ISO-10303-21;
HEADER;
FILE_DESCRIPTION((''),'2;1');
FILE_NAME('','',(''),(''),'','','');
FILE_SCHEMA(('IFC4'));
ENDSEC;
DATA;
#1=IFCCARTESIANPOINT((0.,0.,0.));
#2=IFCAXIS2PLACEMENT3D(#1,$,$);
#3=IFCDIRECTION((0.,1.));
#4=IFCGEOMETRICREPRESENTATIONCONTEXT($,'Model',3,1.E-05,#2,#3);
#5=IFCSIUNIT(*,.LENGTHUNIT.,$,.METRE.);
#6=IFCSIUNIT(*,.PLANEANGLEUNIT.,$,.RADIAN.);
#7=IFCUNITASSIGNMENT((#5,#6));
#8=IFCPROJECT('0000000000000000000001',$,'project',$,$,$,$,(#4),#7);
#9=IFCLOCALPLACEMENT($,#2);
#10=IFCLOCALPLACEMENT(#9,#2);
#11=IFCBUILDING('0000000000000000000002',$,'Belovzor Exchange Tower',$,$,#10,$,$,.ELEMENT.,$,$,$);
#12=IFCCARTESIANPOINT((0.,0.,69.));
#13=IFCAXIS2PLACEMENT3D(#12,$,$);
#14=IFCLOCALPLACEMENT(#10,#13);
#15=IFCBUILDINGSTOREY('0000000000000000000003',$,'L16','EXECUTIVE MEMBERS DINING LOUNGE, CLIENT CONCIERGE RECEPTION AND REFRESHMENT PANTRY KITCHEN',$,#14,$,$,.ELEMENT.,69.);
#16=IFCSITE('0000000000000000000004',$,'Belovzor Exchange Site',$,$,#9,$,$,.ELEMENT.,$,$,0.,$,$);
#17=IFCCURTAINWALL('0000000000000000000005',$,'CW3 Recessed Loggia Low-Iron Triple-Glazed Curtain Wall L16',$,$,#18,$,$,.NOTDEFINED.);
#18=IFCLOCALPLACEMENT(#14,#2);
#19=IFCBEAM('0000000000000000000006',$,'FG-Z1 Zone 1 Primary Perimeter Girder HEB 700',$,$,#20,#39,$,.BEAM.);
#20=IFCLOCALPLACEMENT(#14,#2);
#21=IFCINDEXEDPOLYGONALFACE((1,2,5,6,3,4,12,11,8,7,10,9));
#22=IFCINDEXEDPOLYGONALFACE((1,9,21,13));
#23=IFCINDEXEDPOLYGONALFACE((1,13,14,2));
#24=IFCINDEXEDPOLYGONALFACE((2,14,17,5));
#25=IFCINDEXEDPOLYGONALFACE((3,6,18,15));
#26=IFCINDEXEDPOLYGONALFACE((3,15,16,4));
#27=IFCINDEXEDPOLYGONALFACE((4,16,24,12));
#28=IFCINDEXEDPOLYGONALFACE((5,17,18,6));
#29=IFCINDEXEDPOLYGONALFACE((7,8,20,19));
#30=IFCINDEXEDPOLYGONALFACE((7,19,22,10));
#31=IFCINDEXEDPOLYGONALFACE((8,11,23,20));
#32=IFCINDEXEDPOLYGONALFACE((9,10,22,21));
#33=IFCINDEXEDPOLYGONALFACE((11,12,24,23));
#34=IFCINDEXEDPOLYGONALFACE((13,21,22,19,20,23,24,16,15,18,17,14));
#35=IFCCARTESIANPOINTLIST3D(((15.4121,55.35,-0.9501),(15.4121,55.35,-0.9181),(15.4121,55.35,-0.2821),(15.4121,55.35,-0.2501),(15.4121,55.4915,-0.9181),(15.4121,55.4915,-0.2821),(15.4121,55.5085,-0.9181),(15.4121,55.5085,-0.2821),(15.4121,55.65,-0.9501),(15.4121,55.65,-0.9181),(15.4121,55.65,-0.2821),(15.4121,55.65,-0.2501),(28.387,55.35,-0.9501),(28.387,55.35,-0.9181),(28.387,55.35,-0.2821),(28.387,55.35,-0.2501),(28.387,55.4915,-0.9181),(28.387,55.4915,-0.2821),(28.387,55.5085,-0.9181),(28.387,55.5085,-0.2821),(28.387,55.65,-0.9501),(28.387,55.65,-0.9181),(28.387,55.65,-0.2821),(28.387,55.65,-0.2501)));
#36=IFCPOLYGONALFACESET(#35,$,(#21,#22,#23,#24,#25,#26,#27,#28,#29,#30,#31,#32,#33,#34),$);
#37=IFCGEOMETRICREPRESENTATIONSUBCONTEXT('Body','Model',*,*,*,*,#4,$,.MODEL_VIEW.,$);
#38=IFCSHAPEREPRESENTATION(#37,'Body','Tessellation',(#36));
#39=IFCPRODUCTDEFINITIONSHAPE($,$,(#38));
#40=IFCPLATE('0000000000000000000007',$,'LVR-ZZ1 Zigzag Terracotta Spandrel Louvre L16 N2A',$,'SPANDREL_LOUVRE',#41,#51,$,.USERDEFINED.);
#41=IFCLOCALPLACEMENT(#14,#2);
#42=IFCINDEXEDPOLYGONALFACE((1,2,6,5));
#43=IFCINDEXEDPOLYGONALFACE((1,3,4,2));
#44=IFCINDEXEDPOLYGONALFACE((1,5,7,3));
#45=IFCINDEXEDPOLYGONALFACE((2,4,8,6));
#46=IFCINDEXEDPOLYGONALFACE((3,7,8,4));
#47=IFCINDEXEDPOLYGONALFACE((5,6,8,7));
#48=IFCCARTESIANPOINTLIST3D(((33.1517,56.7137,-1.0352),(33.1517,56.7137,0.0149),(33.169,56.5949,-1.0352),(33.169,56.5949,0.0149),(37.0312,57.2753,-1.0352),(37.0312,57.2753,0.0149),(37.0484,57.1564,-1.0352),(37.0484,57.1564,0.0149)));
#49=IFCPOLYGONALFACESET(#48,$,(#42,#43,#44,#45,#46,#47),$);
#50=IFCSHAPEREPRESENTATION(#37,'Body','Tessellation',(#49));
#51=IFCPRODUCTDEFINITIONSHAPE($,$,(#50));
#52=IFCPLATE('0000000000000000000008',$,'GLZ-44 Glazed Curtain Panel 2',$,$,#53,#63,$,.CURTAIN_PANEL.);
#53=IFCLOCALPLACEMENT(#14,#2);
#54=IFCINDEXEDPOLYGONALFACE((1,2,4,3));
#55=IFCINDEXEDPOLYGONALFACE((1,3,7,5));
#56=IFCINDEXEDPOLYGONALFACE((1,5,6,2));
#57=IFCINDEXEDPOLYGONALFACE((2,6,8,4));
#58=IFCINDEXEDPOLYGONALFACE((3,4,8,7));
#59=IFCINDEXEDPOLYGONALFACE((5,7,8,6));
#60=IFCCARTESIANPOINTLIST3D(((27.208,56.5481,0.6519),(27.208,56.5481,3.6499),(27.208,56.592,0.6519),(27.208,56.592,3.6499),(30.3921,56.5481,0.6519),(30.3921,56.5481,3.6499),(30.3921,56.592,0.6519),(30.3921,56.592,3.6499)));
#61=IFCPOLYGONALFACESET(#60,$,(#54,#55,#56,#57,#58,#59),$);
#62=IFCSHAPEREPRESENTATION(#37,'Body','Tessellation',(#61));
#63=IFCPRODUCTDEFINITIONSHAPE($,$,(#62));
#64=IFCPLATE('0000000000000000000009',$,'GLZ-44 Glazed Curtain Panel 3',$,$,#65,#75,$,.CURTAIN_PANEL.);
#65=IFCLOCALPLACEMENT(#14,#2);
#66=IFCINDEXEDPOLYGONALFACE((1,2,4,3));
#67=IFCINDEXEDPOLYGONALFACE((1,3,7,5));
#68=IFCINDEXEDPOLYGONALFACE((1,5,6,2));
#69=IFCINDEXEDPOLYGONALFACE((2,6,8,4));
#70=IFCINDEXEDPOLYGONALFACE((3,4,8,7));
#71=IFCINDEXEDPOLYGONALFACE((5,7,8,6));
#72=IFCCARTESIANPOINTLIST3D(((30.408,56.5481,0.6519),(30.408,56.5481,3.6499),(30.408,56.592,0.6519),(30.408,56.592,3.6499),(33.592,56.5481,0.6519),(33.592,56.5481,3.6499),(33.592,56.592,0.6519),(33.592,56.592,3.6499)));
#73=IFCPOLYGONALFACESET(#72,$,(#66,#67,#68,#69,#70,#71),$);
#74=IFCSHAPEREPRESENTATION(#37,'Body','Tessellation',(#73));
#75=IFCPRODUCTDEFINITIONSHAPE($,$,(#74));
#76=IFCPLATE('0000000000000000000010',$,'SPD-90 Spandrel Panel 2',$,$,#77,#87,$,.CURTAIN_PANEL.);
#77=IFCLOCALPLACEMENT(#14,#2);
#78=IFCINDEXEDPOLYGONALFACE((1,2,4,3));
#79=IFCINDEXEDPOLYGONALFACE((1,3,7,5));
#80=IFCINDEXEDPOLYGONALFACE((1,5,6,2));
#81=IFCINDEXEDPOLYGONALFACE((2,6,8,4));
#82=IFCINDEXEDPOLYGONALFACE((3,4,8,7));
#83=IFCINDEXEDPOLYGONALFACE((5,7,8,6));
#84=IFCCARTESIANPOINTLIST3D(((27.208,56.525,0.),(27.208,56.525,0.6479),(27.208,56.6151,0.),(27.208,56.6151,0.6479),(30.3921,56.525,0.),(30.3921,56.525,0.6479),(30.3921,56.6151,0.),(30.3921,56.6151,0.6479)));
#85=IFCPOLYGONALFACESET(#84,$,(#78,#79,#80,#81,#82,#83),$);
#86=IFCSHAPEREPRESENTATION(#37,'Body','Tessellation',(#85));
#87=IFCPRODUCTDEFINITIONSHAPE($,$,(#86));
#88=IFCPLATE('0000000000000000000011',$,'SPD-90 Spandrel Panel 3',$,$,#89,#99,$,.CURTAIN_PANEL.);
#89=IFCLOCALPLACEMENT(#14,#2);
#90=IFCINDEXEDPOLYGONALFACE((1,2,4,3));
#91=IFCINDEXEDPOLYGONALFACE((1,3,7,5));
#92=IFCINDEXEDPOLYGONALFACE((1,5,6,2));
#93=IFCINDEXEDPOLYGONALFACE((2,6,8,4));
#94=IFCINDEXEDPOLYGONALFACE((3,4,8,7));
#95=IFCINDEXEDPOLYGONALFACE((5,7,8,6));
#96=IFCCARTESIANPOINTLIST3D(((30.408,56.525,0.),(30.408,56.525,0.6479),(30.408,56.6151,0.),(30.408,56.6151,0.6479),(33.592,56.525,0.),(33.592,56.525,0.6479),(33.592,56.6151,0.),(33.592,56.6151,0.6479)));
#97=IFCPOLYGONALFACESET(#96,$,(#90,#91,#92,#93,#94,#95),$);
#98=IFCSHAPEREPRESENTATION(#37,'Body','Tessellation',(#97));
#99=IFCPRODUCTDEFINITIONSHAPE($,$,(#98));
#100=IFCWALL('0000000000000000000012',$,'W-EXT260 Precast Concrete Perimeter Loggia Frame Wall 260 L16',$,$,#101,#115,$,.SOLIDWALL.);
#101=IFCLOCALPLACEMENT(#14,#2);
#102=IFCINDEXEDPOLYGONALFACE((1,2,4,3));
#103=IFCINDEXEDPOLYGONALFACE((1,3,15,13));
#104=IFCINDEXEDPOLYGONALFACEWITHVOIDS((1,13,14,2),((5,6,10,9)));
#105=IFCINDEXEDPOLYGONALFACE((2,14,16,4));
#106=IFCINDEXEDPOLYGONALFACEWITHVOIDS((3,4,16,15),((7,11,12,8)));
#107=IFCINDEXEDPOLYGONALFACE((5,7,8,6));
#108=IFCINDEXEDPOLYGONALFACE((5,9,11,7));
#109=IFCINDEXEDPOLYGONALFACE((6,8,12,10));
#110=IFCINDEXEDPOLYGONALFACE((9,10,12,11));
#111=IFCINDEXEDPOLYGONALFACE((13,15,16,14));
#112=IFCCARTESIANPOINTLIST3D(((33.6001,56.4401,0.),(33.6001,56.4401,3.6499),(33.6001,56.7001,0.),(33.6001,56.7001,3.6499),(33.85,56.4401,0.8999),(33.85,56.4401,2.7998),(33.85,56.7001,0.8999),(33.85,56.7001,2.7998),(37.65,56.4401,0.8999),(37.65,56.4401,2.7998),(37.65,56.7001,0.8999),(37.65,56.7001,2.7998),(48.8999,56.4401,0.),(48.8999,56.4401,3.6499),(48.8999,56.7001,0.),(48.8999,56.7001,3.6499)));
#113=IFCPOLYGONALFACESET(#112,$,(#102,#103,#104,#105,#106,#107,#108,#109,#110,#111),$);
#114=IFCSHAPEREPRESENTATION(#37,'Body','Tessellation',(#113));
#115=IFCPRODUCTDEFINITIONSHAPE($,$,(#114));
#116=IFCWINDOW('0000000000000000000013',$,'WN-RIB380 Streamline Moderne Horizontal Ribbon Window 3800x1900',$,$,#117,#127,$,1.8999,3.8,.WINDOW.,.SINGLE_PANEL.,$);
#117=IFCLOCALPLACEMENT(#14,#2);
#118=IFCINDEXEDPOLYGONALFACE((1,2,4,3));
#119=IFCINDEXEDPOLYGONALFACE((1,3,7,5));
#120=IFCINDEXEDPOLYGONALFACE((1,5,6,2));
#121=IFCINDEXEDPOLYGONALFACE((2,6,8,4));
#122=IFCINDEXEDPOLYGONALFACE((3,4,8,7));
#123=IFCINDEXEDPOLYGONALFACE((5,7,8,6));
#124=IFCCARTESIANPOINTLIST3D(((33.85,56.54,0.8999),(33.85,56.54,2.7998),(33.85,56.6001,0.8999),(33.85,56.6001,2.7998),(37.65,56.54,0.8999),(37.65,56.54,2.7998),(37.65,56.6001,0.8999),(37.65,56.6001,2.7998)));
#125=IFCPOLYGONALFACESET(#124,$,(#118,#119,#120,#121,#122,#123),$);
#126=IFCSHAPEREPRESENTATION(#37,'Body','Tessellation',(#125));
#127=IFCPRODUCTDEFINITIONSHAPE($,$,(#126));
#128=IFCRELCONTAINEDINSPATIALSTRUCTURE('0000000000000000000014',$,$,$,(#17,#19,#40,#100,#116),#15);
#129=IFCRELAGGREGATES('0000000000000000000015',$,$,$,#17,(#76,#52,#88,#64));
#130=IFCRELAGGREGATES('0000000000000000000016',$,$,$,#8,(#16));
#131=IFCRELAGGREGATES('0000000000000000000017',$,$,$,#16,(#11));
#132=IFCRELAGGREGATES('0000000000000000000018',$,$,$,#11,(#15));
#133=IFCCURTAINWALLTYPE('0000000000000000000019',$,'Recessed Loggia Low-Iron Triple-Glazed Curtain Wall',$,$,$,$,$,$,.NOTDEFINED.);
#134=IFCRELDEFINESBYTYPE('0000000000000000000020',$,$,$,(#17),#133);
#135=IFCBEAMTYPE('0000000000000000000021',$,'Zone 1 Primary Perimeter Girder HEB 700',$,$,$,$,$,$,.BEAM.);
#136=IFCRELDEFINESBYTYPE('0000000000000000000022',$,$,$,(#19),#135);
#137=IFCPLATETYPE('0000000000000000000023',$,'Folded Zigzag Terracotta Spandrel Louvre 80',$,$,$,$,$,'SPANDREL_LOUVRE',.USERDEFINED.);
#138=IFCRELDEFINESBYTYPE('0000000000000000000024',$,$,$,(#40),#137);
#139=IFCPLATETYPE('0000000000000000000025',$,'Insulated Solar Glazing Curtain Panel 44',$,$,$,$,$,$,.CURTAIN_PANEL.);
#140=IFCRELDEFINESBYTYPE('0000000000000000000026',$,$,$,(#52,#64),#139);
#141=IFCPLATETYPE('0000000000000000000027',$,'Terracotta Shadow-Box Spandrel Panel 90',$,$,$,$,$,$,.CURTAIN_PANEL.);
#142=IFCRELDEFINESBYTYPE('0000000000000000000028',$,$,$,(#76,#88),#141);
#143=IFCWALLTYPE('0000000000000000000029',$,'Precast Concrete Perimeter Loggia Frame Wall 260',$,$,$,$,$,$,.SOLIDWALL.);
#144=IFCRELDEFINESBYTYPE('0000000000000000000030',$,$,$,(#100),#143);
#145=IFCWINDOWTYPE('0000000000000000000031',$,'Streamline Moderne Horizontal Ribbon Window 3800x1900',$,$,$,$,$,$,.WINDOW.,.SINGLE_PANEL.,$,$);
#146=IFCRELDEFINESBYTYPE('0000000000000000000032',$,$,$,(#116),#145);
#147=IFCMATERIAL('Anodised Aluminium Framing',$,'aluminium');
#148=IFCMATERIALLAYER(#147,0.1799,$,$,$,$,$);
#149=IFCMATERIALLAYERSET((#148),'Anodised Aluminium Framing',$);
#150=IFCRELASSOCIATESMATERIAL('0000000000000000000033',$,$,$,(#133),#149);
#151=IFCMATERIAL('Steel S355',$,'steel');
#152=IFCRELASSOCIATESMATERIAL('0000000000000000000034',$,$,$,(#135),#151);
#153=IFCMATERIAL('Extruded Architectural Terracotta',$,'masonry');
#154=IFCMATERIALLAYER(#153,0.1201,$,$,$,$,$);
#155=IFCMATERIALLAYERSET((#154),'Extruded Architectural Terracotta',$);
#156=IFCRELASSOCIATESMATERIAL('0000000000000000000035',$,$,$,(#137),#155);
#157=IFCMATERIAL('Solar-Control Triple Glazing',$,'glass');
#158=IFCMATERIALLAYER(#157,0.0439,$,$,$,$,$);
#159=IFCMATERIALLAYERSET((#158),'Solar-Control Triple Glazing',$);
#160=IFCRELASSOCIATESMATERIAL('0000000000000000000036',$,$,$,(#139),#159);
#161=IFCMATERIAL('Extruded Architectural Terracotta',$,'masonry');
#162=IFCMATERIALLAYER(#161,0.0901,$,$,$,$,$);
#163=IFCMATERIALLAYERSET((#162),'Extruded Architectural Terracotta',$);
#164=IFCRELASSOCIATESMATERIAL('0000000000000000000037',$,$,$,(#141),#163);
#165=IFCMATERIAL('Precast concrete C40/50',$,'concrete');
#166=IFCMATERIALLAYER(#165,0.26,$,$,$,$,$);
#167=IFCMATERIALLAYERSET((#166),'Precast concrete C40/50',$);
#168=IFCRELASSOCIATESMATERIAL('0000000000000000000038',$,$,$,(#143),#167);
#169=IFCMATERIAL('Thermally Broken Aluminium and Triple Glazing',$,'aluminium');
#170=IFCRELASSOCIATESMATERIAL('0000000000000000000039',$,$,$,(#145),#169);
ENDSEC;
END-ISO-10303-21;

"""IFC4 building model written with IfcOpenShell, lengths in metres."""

from ifc_helpers import new_model, si_unit, direction, frame, frame_2d, origin, origin_2d, place, context, subcontext, project, spatial, rectangle, i_section, extrude, material, layer, layer_set, material_profile, profile_set, type_object, element, fill, aggregate, save


model = new_model("IFC4")

# Units and contexts
model_context = context("Model", 3, precision=1e-05, world=origin(), true_north=direction((0.0, 1.0)))
body_context = subcontext(model_context, "Body", "Model", "MODEL_VIEW")
ifc_project = project(units=[si_unit("LENGTHUNIT", "METRE"), si_unit("PLANEANGLEUNIT", "RADIAN")], contexts=[model_context])

# Site, building, storey
site_placement = place(None, origin())
site = spatial("IfcSite", under=ifc_project, at=site_placement, Name="Belovzor Exchange Site", CompositionType="ELEMENT", RefElevation=0.0)
building_placement = place(site_placement, origin())
building = spatial("IfcBuilding", under=site, at=building_placement, Name="Belovzor Exchange Tower", CompositionType="ELEMENT")
storey_placement = place(building_placement, frame((0.0, 0.0, 69.0)))
storey = spatial("IfcBuildingStorey", under=building, at=storey_placement, Name="L16", Description="EXECUTIVE MEMBERS DINING LOUNGE, CLIENT CONCIERGE RECEPTION AND REFRESHMENT PANTRY KITCHEN", CompositionType="ELEMENT", Elevation=69.0)

# Curtain wall
ifc_material_1 = material(Name="Anodised Aluminium Framing", Category="aluminium")
ifc_layer_1 = layer(ifc_material_1, 0.1799)
ifc_layer_set_1 = layer_set([ifc_layer_1], Name="Anodised Aluminium Framing")
curtain_wall_type = type_object("IfcCurtainWallType", Name="Recessed Loggia Low-Iron Triple-Glazed Curtain Wall", PredefinedType="NOTDEFINED", material=ifc_layer_set_1)
curtain_wall_placement = place(storey_placement, origin())
curtain_wall = element("IfcCurtainWall", 1, at=curtain_wall_placement, inside=storey, type_object=curtain_wall_type, Name="CW3 Recessed Loggia Low-Iron Triple-Glazed Curtain Wall L16", PredefinedType="NOTDEFINED")

# Beam
ifc_material_2 = material(Name="Steel S355", Category="steel")
ifc_material_profile_1 = material_profile(ifc_material_2, i_section(OverallWidth=0.3, OverallDepth=0.7, WebThickness=0.0171, FlangeThickness=0.032, at=origin_2d()))
ifc_profile_set_1 = profile_set([ifc_material_profile_1], Name="Steel S355")
beam_type_1 = type_object("IfcBeamType", Name="Zone 1 Primary Perimeter Girder HEB 700", PredefinedType="BEAM", material=ifc_profile_set_1)
beam_1_placement = place(storey_placement, frame((28.387, 55.5, -0.6001), z_axis=(-1.0, 0.0, 0.0), x_axis=(0.0, -1.0, 0.0)))
element("IfcBeam", 2, at=beam_1_placement, inside=storey, type_object=beam_type_1, Name="FG-Z1 Zone 1 Primary Perimeter Girder HEB 700", PredefinedType="BEAM", context=body_context, shape_type="SweptSolid", body=[
    extrude(i_section(OverallWidth=0.3, OverallDepth=0.7, WebThickness=0.0171, FlangeThickness=0.032, at=origin_2d()), origin(), (0.0, 0.0, 1.0), 12.9749),
])

# Plates
ifc_material_3 = material(Name="Extruded Architectural Terracotta", Category="masonry")
ifc_layer_2 = layer(ifc_material_3, 0.1201)
ifc_layer_set_2 = layer_set([ifc_layer_2], Name="Extruded Architectural Terracotta")
plate_type_1 = type_object("IfcPlateType", Name="Folded Zigzag Terracotta Spandrel Louvre 80", ElementType="SPANDREL_LOUVRE", PredefinedType="USERDEFINED", material=ifc_layer_set_2)
plate_1_placement = place(storey_placement, frame((35.1001, 56.9351, -1.0352), z_axis=(0.0, 0.0, 1.0), x_axis=(0.989686, 0.143251, 0.0)))
element("IfcPlate", 3, at=plate_1_placement, inside=storey, type_object=plate_type_1, Name="LVR-ZZ1 Zigzag Terracotta Spandrel Louvre L16 N2A", ObjectType="SPANDREL_LOUVRE", PredefinedType="USERDEFINED", context=body_context, shape_type="SweptSolid", body=[
    extrude(rectangle(XDim=3.9199, YDim=0.1201, at=origin_2d()), origin(), (0.0, 0.0, 1.0), 1.05),
])
ifc_material_4 = material(Name="Solar-Control Triple Glazing", Category="glass")
ifc_layer_3 = layer(ifc_material_4, 0.0439)
ifc_layer_set_3 = layer_set([ifc_layer_3], Name="Solar-Control Triple Glazing")
plate_type_2 = type_object("IfcPlateType", Name="Insulated Solar Glazing Curtain Panel 44", PredefinedType="CURTAIN_PANEL", material=ifc_layer_set_3)
plate_2_placement = place(storey_placement, frame((28.8, 56.5701, 0.6519), z_axis=(0.0, 0.0, 1.0), x_axis=(1.0, 0.0, 0.0)))
plate_2 = element("IfcPlate", 4, at=plate_2_placement, type_object=plate_type_2, Name="GLZ-44 Glazed Curtain Panel 2", PredefinedType="CURTAIN_PANEL", context=body_context, shape_type="SweptSolid", body=[
    extrude(rectangle(XDim=3.1841, YDim=0.0439, at=origin_2d()), origin(), (0.0, 0.0, 1.0), 2.998),
])
plate_3_placement = place(storey_placement, frame((32.0, 56.5701, 0.6519), z_axis=(0.0, 0.0, 1.0), x_axis=(1.0, 0.0, 0.0)))
plate_3 = element("IfcPlate", 5, at=plate_3_placement, type_object=plate_type_2, Name="GLZ-44 Glazed Curtain Panel 3", PredefinedType="CURTAIN_PANEL", context=body_context, shape_type="SweptSolid", body=[
    extrude(rectangle(XDim=3.1841, YDim=0.0439, at=origin_2d()), origin(), (0.0, 0.0, 1.0), 2.998),
])
ifc_material_5 = material(Name="Extruded Architectural Terracotta", Category="masonry")
ifc_layer_4 = layer(ifc_material_5, 0.0901)
ifc_layer_set_4 = layer_set([ifc_layer_4], Name="Extruded Architectural Terracotta")
plate_type_3 = type_object("IfcPlateType", Name="Terracotta Shadow-Box Spandrel Panel 90", PredefinedType="CURTAIN_PANEL", material=ifc_layer_set_4)
plate_4_placement = place(storey_placement, frame((28.8, 56.5701, 0.0), z_axis=(0.0, 0.0, 1.0), x_axis=(1.0, 0.0, 0.0)))
plate_4 = element("IfcPlate", 6, at=plate_4_placement, type_object=plate_type_3, Name="SPD-90 Spandrel Panel 2", PredefinedType="CURTAIN_PANEL", context=body_context, shape_type="SweptSolid", body=[
    extrude(rectangle(XDim=3.1841, YDim=0.0901, at=origin_2d()), origin(), (0.0, 0.0, 1.0), 0.6479),
])
plate_5_placement = place(storey_placement, frame((32.0, 56.5701, 0.0), z_axis=(0.0, 0.0, 1.0), x_axis=(1.0, 0.0, 0.0)))
plate_5 = element("IfcPlate", 7, at=plate_5_placement, type_object=plate_type_3, Name="SPD-90 Spandrel Panel 3", PredefinedType="CURTAIN_PANEL", context=body_context, shape_type="SweptSolid", body=[
    extrude(rectangle(XDim=3.1841, YDim=0.0901, at=origin_2d()), origin(), (0.0, 0.0, 1.0), 0.6479),
])
aggregate(curtain_wall, [plate_4, plate_2, plate_5, plate_3])

# Wall, opening, window
ifc_material_6 = material(Name="Precast concrete C40/50", Category="concrete")
ifc_layer_5 = layer(ifc_material_6, 0.26)
ifc_layer_set_5 = layer_set([ifc_layer_5], Name="Precast concrete C40/50")
wall_type = type_object("IfcWallType", Name="Precast Concrete Perimeter Loggia Frame Wall 260", PredefinedType="SOLIDWALL", material=ifc_layer_set_5)
wall_placement = place(storey_placement, frame((33.6001, 56.5701, 0.0), z_axis=(0.0, 0.0, 1.0), x_axis=(1.0, 0.0, 0.0)))
wall = element("IfcWall", 8, at=wall_placement, inside=storey, type_object=wall_type, Name="W-EXT260 Precast Concrete Perimeter Loggia Frame Wall 260 L16", PredefinedType="SOLIDWALL", context=body_context, shape_type="SweptSolid", body=[
    extrude(rectangle(XDim=15.2998, YDim=0.26, at=frame_2d((7.6499, 0.0))), origin(), (0.0, 0.0, 1.0), 3.6499),
])
opening_placement = place(wall_placement, frame((0.25, 0.0, 0.8999)))
opening = element("IfcOpeningElement", 9, at=opening_placement, cuts=wall, PredefinedType="OPENING", context=body_context, shape_type="SweptSolid", body=[
    extrude(rectangle(XDim=3.8, YDim=1.8999, at=frame_2d((1.8999, 0.95))), frame((0.0, 0.1399, 0.0), z_axis=(0.0, -1.0, 0.0), x_axis=(1.0, 0.0, 0.0)), (0.0, 0.0, 1.0), 0.28),
])
ifc_material_7 = material(Name="Thermally Broken Aluminium and Triple Glazing", Category="aluminium")
window_type = type_object("IfcWindowType", Name="Streamline Moderne Horizontal Ribbon Window 3800x1900", PartitioningType="SINGLE_PANEL", PredefinedType="WINDOW", material=ifc_material_7)
window_placement = place(opening_placement, origin())
window = element("IfcWindow", 10, at=window_placement, inside=storey, type_object=window_type, Name="WN-RIB380 Streamline Moderne Horizontal Ribbon Window 3800x1900", OverallHeight=1.8999, OverallWidth=3.8, PartitioningType="SINGLE_PANEL", PredefinedType="WINDOW", context=body_context, shape_type="SweptSolid", body=[
    extrude(rectangle(XDim=3.8, YDim=1.8999, at=frame_2d((1.8999, 0.95))), frame((0.0, 0.03, 0.0), z_axis=(0.0, -1.0, 0.0), x_axis=(1.0, 0.0, 0.0)), (0.0, 0.0, 1.0), 0.0601),
])
fill(opening, window)

save(model, "model.ifc")
